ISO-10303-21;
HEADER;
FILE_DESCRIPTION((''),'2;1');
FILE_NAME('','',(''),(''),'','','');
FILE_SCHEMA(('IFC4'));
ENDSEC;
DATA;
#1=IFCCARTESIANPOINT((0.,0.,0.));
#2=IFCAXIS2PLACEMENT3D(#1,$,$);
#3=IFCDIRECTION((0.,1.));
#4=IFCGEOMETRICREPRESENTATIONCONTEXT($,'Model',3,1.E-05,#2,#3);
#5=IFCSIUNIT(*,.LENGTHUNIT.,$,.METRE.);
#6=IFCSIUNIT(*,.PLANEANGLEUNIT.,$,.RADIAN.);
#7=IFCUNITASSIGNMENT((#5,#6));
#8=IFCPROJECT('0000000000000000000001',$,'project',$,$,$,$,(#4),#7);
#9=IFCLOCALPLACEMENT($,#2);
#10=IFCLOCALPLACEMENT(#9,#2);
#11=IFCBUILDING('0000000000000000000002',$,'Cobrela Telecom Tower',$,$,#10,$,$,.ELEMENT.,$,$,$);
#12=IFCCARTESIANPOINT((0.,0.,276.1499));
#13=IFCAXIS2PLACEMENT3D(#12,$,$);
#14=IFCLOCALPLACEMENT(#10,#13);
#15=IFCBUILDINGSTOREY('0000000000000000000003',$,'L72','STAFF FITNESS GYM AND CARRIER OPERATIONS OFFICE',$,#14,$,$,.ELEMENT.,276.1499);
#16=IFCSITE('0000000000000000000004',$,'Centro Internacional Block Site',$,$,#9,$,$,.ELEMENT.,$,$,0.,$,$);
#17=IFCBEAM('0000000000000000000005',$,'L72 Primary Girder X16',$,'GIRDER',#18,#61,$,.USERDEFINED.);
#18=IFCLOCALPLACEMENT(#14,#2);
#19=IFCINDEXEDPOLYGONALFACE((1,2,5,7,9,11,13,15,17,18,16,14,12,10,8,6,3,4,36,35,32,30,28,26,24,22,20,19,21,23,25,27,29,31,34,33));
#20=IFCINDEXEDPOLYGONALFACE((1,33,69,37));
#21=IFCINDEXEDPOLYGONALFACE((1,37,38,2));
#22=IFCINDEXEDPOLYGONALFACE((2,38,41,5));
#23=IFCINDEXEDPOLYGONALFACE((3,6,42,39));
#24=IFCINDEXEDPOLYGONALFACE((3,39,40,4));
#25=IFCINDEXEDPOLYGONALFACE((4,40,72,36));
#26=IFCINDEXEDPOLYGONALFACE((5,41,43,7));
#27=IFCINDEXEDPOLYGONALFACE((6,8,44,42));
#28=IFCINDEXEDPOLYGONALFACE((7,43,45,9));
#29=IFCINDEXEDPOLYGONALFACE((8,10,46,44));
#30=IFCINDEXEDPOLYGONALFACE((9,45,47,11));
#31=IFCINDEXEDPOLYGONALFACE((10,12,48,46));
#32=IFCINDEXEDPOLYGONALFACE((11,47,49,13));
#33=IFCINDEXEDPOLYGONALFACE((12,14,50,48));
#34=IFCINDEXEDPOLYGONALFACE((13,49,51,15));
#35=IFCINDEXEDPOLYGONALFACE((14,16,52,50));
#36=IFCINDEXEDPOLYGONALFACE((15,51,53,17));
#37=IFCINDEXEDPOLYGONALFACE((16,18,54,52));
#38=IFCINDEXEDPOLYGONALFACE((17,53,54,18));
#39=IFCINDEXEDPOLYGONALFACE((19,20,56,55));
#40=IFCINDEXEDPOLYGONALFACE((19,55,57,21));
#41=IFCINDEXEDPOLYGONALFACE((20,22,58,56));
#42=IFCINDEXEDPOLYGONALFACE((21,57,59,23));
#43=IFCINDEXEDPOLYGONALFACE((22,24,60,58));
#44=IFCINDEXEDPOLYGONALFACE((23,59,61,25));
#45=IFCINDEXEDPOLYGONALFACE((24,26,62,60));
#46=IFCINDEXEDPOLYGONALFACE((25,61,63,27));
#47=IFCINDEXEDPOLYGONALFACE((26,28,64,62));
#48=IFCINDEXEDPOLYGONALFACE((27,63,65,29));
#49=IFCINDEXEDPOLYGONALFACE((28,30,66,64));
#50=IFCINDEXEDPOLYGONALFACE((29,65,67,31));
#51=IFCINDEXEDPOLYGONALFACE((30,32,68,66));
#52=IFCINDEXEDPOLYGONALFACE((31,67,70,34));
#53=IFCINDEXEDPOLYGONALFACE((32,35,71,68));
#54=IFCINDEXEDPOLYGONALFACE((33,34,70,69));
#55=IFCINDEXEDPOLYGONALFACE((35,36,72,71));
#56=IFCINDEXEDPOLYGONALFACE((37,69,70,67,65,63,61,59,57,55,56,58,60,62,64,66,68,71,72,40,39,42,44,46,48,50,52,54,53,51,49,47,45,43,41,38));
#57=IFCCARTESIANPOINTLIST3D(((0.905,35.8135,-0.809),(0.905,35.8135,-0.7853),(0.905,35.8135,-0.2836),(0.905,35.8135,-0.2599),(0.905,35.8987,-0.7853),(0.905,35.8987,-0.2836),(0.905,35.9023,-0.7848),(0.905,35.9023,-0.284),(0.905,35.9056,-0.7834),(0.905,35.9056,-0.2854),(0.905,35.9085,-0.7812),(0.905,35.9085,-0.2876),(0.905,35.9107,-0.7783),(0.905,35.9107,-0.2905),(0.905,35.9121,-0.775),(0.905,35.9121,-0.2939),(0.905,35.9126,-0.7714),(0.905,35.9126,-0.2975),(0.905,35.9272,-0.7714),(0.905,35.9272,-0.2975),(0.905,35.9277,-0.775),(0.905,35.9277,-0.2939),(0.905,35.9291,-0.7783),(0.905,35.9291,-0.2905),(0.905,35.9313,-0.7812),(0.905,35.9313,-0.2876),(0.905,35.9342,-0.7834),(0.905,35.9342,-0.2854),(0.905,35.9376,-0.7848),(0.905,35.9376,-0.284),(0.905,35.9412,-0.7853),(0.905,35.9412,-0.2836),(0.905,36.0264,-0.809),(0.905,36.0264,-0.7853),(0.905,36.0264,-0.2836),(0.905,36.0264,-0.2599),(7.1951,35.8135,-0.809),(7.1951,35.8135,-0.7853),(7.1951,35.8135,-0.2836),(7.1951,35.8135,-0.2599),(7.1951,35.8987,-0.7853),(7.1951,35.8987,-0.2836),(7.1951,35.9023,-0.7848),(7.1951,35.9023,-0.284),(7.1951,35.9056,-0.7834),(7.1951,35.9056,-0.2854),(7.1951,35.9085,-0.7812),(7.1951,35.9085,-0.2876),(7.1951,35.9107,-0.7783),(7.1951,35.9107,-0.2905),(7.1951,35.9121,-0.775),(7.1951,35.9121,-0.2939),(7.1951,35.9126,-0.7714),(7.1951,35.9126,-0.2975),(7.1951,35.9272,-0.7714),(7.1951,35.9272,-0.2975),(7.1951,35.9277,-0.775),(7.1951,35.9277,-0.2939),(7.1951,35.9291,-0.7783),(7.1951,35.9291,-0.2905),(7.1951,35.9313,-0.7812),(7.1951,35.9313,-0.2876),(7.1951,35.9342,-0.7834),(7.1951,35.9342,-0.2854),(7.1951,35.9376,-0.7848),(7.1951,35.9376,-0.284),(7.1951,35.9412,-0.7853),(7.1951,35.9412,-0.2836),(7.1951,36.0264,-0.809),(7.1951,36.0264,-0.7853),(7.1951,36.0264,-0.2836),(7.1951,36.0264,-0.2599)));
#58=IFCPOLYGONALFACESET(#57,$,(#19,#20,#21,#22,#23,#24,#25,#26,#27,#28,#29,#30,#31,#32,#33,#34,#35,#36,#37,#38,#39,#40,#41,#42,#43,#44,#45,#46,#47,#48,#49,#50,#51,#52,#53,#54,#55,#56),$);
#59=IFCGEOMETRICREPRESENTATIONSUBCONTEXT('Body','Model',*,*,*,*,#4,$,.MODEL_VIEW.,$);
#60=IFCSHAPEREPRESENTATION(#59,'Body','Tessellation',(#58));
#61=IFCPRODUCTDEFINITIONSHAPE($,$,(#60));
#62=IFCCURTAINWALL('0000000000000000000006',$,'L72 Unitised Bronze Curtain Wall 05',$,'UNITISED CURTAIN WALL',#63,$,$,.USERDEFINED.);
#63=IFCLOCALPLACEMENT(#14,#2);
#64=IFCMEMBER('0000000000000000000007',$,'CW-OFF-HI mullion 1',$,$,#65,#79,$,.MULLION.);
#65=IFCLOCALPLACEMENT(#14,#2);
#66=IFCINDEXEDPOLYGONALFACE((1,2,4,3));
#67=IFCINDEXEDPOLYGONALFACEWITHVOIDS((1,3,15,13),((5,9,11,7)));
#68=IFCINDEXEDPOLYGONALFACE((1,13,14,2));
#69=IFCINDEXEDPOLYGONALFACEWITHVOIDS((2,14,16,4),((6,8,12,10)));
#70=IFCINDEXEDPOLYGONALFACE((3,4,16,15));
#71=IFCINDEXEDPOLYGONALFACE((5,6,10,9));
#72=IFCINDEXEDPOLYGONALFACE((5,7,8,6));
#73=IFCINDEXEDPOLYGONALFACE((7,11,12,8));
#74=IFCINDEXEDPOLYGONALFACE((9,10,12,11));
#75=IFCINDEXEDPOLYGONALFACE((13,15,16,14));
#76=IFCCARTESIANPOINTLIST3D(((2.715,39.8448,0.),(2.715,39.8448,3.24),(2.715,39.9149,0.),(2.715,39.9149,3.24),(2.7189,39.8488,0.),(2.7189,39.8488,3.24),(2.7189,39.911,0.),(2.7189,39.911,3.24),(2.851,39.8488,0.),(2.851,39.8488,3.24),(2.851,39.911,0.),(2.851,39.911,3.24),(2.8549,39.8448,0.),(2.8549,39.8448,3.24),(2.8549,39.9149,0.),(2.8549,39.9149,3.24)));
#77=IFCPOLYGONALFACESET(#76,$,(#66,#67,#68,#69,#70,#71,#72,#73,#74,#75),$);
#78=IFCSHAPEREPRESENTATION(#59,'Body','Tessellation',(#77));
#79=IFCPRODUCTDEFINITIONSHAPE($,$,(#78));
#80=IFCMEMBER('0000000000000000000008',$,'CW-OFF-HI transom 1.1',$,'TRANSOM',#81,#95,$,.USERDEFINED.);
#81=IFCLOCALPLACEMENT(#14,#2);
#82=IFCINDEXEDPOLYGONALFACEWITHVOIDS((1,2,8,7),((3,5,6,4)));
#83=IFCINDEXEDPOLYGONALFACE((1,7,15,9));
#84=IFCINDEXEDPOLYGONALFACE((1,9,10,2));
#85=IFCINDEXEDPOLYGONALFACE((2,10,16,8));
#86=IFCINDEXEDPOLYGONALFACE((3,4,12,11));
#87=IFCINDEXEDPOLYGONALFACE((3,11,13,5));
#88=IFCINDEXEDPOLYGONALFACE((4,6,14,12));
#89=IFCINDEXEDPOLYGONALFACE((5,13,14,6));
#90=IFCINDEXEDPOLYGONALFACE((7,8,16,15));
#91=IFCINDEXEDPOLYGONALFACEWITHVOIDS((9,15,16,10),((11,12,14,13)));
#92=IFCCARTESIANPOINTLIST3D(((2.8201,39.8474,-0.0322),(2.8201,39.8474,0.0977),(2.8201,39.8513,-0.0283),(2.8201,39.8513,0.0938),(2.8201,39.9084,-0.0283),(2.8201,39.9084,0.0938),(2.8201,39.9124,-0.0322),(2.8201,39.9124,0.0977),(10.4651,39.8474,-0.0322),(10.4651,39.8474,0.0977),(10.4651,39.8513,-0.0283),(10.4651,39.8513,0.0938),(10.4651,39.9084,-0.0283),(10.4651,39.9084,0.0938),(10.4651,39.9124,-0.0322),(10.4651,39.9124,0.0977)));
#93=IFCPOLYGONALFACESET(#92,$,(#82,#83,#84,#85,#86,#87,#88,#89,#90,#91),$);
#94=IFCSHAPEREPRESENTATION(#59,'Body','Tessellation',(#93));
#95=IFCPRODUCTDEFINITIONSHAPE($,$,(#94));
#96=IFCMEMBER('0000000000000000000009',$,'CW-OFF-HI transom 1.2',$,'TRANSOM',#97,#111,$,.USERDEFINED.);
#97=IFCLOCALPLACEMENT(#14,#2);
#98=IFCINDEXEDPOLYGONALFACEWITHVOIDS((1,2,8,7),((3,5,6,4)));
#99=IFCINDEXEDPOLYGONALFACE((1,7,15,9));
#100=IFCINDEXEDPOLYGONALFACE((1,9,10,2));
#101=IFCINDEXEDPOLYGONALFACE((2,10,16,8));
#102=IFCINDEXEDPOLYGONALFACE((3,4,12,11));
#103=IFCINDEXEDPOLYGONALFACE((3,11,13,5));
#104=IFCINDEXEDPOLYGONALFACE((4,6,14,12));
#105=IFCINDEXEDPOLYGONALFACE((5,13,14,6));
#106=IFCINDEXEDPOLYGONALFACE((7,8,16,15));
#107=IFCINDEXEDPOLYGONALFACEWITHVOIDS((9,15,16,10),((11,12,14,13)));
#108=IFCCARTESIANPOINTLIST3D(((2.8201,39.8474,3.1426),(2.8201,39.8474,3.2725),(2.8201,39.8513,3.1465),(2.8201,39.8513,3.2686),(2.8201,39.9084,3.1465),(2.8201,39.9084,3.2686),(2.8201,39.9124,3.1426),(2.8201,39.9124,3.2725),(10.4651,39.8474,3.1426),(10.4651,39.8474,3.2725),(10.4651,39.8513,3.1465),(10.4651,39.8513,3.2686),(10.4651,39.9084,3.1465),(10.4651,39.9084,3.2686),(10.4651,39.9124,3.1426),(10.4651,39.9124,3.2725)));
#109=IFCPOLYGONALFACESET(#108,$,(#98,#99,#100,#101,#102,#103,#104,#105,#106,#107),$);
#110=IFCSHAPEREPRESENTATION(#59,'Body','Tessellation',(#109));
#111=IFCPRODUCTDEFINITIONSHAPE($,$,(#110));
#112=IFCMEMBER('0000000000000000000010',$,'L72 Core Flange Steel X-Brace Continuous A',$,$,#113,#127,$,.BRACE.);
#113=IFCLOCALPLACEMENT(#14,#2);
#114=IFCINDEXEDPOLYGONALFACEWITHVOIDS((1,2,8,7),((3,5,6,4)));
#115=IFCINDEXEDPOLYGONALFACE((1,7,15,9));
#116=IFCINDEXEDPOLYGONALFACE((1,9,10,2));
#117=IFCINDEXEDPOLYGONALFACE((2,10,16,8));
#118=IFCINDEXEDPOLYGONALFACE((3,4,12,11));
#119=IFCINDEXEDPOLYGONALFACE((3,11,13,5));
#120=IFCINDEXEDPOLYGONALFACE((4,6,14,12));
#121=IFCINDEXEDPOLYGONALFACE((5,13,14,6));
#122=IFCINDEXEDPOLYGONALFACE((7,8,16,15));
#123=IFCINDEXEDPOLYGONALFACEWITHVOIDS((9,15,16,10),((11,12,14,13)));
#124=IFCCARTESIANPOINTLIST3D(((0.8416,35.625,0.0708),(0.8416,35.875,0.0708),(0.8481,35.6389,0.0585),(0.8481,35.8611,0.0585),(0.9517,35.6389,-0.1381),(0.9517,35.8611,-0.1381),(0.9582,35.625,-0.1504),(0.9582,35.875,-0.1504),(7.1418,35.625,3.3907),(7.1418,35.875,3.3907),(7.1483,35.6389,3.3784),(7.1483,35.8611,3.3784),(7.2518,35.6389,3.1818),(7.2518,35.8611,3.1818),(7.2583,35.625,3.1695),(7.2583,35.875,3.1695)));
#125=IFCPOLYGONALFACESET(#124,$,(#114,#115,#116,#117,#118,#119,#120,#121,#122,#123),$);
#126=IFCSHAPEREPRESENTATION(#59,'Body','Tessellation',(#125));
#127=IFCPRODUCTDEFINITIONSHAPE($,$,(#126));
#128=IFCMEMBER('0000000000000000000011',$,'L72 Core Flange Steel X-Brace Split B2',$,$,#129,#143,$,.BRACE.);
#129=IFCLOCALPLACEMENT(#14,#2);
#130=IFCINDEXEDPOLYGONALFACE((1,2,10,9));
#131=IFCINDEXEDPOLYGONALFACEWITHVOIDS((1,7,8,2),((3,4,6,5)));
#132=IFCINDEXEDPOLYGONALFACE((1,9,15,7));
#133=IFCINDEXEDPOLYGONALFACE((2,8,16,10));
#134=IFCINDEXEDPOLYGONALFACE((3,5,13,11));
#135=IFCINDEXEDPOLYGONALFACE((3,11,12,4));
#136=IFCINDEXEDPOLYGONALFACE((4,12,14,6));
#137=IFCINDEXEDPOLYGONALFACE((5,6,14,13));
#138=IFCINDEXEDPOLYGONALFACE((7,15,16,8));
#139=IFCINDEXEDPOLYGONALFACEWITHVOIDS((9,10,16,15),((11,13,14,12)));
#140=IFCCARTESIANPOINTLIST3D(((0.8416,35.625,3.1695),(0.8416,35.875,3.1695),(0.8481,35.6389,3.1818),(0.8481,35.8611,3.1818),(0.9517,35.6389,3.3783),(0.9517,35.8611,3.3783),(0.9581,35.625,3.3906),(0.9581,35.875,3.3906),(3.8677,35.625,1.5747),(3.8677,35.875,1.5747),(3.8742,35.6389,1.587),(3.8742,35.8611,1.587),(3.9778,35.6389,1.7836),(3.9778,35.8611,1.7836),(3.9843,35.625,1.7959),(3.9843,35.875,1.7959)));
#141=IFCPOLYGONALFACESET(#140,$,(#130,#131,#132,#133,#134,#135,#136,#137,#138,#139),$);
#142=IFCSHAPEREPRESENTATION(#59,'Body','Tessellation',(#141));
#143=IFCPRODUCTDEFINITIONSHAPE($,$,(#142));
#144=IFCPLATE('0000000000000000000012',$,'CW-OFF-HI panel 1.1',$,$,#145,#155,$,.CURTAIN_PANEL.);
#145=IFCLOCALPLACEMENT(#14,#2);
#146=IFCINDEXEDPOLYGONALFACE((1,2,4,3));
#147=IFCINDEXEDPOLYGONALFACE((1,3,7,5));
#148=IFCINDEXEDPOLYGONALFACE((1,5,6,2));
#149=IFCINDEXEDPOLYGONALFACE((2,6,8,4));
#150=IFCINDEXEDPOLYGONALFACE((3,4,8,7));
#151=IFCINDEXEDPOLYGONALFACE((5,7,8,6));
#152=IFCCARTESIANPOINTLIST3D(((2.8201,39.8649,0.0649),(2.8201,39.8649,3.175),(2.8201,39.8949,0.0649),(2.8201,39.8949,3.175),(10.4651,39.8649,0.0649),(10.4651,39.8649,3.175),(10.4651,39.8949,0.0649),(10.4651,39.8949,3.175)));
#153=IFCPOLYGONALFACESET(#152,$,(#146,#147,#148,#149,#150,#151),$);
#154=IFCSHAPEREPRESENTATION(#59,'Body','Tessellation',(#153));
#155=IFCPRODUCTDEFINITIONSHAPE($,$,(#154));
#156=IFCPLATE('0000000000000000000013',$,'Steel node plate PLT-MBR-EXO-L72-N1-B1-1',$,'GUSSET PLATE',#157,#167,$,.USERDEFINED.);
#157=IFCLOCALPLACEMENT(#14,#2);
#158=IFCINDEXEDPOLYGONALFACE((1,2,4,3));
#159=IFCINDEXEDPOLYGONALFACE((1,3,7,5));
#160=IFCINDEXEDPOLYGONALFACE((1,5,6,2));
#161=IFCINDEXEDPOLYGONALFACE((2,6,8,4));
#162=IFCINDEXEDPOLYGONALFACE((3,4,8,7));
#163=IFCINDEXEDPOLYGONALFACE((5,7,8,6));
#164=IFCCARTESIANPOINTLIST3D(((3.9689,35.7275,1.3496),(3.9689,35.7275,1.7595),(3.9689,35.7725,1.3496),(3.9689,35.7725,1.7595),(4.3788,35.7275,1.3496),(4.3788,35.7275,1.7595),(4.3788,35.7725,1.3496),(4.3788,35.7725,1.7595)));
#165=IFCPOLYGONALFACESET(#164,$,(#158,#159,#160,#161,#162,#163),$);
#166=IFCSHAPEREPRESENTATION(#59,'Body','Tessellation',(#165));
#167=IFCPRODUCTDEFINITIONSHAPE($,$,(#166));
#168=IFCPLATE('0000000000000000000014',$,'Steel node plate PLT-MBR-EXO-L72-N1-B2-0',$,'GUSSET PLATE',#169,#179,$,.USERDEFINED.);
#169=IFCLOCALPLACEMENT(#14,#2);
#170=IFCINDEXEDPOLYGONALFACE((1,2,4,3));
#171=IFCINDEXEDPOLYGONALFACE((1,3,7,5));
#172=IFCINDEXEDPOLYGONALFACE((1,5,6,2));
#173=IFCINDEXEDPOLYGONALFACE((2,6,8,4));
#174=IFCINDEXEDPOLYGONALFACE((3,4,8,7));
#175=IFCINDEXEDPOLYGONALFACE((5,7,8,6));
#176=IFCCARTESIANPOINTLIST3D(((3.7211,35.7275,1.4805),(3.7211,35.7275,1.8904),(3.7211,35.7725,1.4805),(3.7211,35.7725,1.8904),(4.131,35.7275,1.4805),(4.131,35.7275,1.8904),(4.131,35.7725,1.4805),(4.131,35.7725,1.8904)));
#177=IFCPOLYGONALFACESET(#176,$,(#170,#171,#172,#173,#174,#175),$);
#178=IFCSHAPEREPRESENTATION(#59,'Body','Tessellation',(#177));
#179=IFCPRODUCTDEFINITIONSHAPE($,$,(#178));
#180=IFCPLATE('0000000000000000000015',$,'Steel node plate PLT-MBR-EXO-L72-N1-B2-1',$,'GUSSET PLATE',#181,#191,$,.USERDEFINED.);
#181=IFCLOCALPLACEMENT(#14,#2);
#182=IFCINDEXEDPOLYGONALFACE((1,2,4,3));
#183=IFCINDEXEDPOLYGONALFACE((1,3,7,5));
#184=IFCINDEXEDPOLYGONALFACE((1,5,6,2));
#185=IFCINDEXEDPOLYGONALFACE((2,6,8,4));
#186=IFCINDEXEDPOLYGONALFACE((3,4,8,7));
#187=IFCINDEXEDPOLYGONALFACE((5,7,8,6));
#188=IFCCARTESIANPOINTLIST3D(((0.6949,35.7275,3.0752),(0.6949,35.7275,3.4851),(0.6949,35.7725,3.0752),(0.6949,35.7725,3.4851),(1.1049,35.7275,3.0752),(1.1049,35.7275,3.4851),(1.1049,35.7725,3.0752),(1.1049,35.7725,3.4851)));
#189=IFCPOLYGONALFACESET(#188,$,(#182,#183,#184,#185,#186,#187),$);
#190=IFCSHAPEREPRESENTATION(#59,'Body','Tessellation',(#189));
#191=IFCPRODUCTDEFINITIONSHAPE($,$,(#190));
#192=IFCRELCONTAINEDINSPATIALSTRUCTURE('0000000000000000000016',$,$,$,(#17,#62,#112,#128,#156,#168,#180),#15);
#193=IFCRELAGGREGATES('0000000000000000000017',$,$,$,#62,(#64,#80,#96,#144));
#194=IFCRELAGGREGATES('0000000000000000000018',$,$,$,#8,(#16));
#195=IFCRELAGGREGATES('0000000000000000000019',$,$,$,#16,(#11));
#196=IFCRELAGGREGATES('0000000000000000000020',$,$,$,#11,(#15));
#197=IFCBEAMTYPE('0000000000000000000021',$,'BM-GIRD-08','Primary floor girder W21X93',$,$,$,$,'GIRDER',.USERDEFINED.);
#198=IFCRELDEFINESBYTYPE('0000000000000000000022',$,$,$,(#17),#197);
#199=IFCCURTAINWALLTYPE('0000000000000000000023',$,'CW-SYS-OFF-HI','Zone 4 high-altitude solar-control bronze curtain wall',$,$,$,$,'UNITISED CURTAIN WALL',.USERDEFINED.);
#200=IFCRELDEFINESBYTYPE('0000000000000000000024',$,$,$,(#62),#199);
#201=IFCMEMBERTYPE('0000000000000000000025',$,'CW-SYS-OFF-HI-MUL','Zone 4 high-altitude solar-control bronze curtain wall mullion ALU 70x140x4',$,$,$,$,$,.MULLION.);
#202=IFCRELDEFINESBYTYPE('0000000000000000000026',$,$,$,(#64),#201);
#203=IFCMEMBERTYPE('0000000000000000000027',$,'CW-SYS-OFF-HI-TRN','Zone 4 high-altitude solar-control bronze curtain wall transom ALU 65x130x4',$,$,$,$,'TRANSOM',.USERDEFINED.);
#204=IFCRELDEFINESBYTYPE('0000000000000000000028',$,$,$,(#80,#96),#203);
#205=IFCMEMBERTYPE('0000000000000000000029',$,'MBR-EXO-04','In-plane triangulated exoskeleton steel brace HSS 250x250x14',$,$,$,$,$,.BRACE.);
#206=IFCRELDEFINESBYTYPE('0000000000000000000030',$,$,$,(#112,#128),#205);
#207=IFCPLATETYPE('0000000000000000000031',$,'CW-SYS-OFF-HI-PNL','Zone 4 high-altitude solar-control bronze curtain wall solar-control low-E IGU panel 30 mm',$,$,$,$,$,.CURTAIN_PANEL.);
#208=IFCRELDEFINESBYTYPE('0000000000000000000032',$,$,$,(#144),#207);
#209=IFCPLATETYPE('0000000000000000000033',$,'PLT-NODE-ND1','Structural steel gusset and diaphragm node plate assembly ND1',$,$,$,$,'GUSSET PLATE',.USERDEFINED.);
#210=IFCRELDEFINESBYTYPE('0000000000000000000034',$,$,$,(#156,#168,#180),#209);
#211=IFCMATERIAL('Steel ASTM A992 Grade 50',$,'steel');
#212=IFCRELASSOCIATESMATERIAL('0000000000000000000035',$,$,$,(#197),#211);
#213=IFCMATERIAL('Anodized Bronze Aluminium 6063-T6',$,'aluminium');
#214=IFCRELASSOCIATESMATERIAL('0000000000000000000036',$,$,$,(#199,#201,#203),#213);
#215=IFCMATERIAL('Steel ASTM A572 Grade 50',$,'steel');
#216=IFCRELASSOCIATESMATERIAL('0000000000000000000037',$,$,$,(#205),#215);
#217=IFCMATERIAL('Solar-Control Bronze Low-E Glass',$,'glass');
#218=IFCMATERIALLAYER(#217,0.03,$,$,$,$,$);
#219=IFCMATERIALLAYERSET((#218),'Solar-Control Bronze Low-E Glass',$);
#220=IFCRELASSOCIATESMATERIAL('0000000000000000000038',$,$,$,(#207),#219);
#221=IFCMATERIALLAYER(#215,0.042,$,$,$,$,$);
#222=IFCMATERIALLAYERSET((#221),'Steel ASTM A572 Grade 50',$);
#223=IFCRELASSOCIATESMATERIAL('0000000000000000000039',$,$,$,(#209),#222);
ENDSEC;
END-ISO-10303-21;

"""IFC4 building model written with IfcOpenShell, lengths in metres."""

from ifc_helpers import new_model, si_unit, direction, frame, origin, origin_2d, place, context, subcontext, project, spatial, rectangle, hollow_rectangle, i_section, extrude, material, layer, layer_set, material_profile, profile_set, type_object, element, aggregate, save


model = new_model("IFC4")

# Units and contexts
model_context = context("Model", 3, precision=1e-05, world=origin(), true_north=direction((0.0, 1.0)))
body_context = subcontext(model_context, "Body", "Model", "MODEL_VIEW")
ifc_project = project(units=[si_unit("LENGTHUNIT", "METRE"), si_unit("PLANEANGLEUNIT", "RADIAN")], contexts=[model_context])

# Site, building, storey
site_placement = place(None, origin())
site = spatial("IfcSite", under=ifc_project, at=site_placement, Name="Centro Internacional Block Site", CompositionType="ELEMENT", RefElevation=0.0)
building_placement = place(site_placement, origin())
building = spatial("IfcBuilding", under=site, at=building_placement, Name="Cobrela Telecom Tower", CompositionType="ELEMENT")
storey_placement = place(building_placement, frame((0.0, 0.0, 276.1499)))
storey = spatial("IfcBuildingStorey", under=building, at=storey_placement, Name="L72", Description="STAFF FITNESS GYM AND CARRIER OPERATIONS OFFICE", CompositionType="ELEMENT", Elevation=276.1499)

# Beam
ifc_material_1 = material(Name="Steel ASTM A992 Grade 50", Category="steel")
ifc_material_profile_1 = material_profile(ifc_material_1, i_section(OverallWidth=0.2129, OverallDepth=0.5491, WebThickness=0.0146, FlangeThickness=0.0237, FilletRadius=0.0139, at=origin_2d()), Name="W21X93")
ifc_profile_set_1 = profile_set([ifc_material_profile_1], Name="Steel ASTM A992 Grade 50")
beam_type = type_object("IfcBeamType", Name="BM-GIRD-08", Description="Primary floor girder W21X93", ElementType="GIRDER", PredefinedType="USERDEFINED", material=ifc_profile_set_1)
beam_placement = place(storey_placement, frame((0.905, 35.9199, -0.5344), z_axis=(1.0, 0.0, 0.0), x_axis=(0.0, 1.0, 0.0)))
element("IfcBeam", 1, at=beam_placement, inside=storey, type_object=beam_type, Name="L72 Primary Girder X16", ObjectType="GIRDER", PredefinedType="USERDEFINED", context=body_context, shape_type="SweptSolid", body=[
    extrude(i_section(OverallWidth=0.2129, OverallDepth=0.5491, WebThickness=0.0146, FlangeThickness=0.0237, FilletRadius=0.0139, at=origin_2d()), origin(), (0.0, 0.0, 1.0), 6.29),
])

# Curtain wall, members
ifc_material_2 = material(Name="Anodized Bronze Aluminium 6063-T6", Category="aluminium")
curtain_wall_type = type_object("IfcCurtainWallType", Name="CW-SYS-OFF-HI", Description="Zone 4 high-altitude solar-control bronze curtain wall", ElementType="UNITISED CURTAIN WALL", PredefinedType="USERDEFINED", material=ifc_material_2)
curtain_wall_placement = place(storey_placement, origin())
curtain_wall = element("IfcCurtainWall", 2, at=curtain_wall_placement, inside=storey, type_object=curtain_wall_type, Name="L72 Unitised Bronze Curtain Wall 05", ObjectType="UNITISED CURTAIN WALL", PredefinedType="USERDEFINED")
ifc_material_profile_2 = material_profile(ifc_material_2, hollow_rectangle(XDim=0.0701, YDim=0.1399, WallThickness=0.0039, at=origin_2d()), Name="ALU 70x140x4")
ifc_profile_set_2 = profile_set([ifc_material_profile_2], Name="Anodized Bronze Aluminium 6063-T6")
member_type_1 = type_object("IfcMemberType", Name="CW-SYS-OFF-HI-MUL", Description="Zone 4 high-altitude solar-control bronze curtain wall mullion ALU 70x140x4", PredefinedType="MULLION", material=ifc_profile_set_2)
member_1_placement = place(storey_placement, frame((2.7849, 39.8799, 0.0), z_axis=(0.0, 0.0, 1.0), x_axis=(0.0, 1.0, 0.0)))
member_1 = element("IfcMember", 3, at=member_1_placement, type_object=member_type_1, Name="CW-OFF-HI mullion 1", PredefinedType="MULLION", context=body_context, shape_type="SweptSolid", body=[
    extrude(hollow_rectangle(XDim=0.0701, YDim=0.1399, WallThickness=0.0039, at=origin_2d()), origin(), (0.0, 0.0, 1.0), 3.24),
])
ifc_material_profile_3 = material_profile(ifc_material_2, hollow_rectangle(XDim=0.0649, YDim=0.1299, WallThickness=0.0039, at=origin_2d()), Name="ALU 65x130x4")
ifc_profile_set_3 = profile_set([ifc_material_profile_3], Name="Anodized Bronze Aluminium 6063-T6")
member_type_2 = type_object("IfcMemberType", Name="CW-SYS-OFF-HI-TRN", Description="Zone 4 high-altitude solar-control bronze curtain wall transom ALU 65x130x4", ElementType="TRANSOM", PredefinedType="USERDEFINED", material=ifc_profile_set_3)
member_2_placement = place(storey_placement, frame((2.8201, 39.8799, 0.0327), z_axis=(1.0, 0.0, 0.0), x_axis=(0.0, 1.0, 0.0)))
member_2 = element("IfcMember", 4, at=member_2_placement, type_object=member_type_2, Name="CW-OFF-HI transom 1.1", ObjectType="TRANSOM", PredefinedType="USERDEFINED", context=body_context, shape_type="SweptSolid", body=[
    extrude(hollow_rectangle(XDim=0.0649, YDim=0.1299, WallThickness=0.0039, at=origin_2d()), origin(), (0.0, 0.0, 1.0), 7.645),
])
member_3_placement = place(storey_placement, frame((2.8201, 39.8799, 3.2075), z_axis=(1.0, 0.0, 0.0), x_axis=(0.0, 1.0, 0.0)))
member_3 = element("IfcMember", 5, at=member_3_placement, type_object=member_type_2, Name="CW-OFF-HI transom 1.2", ObjectType="TRANSOM", PredefinedType="USERDEFINED", context=body_context, shape_type="SweptSolid", body=[
    extrude(hollow_rectangle(XDim=0.0649, YDim=0.1299, WallThickness=0.0039, at=origin_2d()), origin(), (0.0, 0.0, 1.0), 7.645),
])

# Members
ifc_material_3 = material(Name="Steel ASTM A572 Grade 50", Category="steel")
ifc_material_profile_4 = material_profile(ifc_material_3, hollow_rectangle(XDim=0.25, YDim=0.25, WallThickness=0.0139, at=origin_2d()), Name="HSS 250x250x14")
ifc_profile_set_4 = profile_set([ifc_material_profile_4], Name="Steel ASTM A572 Grade 50")
member_type_3 = type_object("IfcMemberType", Name="MBR-EXO-04", Description="In-plane triangulated exoskeleton steel brace HSS 250x250x14", PredefinedType="BRACE", material=ifc_profile_set_4)
member_4_placement = place(storey_placement, frame((0.8999, 35.75, -0.0398), z_axis=(0.884686, 0.0, 0.466187), x_axis=(0.0, 1.0, 0.0)))
element("IfcMember", 6, at=member_4_placement, inside=storey, type_object=member_type_3, Name="L72 Core Flange Steel X-Brace Continuous A", PredefinedType="BRACE", context=body_context, shape_type="SweptSolid", body=[
    extrude(hollow_rectangle(XDim=0.25, YDim=0.25, WallThickness=0.0139, at=origin_2d()), origin(), (0.0, 0.0, 1.0), 7.1213),
])
member_5_placement = place(storey_placement, frame((3.926, 35.75, 1.6853), z_axis=(-0.884673, 0.0, 0.466211), x_axis=(0.0, -1.0, 0.0)))
element("IfcMember", 7, at=member_5_placement, inside=storey, type_object=member_type_3, Name="L72 Core Flange Steel X-Brace Split B2", PredefinedType="BRACE", context=body_context, shape_type="SweptSolid", body=[
    extrude(hollow_rectangle(XDim=0.25, YDim=0.25, WallThickness=0.0139, at=origin_2d()), origin(), (0.0, 0.0, 1.0), 3.4207),
])

# Plate
ifc_material_4 = material(Name="Solar-Control Bronze Low-E Glass", Category="glass")
ifc_layer_1 = layer(ifc_material_4, 0.03)
ifc_layer_set_1 = layer_set([ifc_layer_1], Name="Solar-Control Bronze Low-E Glass")
plate_type_1 = type_object("IfcPlateType", Name="CW-SYS-OFF-HI-PNL", Description="Zone 4 high-altitude solar-control bronze curtain wall solar-control low-E IGU panel 30 mm", PredefinedType="CURTAIN_PANEL", material=ifc_layer_set_1)
plate_1_placement = place(storey_placement, frame((6.6426, 39.8799, 0.0649), z_axis=(0.0, 0.0, 1.0), x_axis=(1.0, 0.0, 0.0)))
plate_1 = element("IfcPlate", 8, at=plate_1_placement, type_object=plate_type_1, Name="CW-OFF-HI panel 1.1", PredefinedType="CURTAIN_PANEL", context=body_context, shape_type="SweptSolid", body=[
    extrude(rectangle(XDim=7.645, YDim=0.03, at=origin_2d()), origin(), (0.0, 0.0, 1.0), 3.1101),
])
aggregate(curtain_wall, [member_1, member_2, member_3, plate_1])

# Plates
ifc_layer_2 = layer(ifc_material_3, 0.042)
ifc_layer_set_2 = layer_set([ifc_layer_2], Name="Steel ASTM A572 Grade 50")
plate_type_2 = type_object("IfcPlateType", Name="PLT-NODE-ND1", Description="Structural steel gusset and diaphragm node plate assembly ND1", ElementType="GUSSET PLATE", PredefinedType="USERDEFINED", material=ifc_layer_set_2)
for number, where, z_axis, x_axis, name in (
    (9, (4.1738, 35.75, 1.3496), (0.0, 0.0, 1.0), (-1.0, 0.0, 0.0), "Steel node plate PLT-MBR-EXO-L72-N1-B1-1"),
    (10, (3.926, 35.75, 1.4805), (0.0, 0.0, 1.0), (-1.0, 0.0, 0.0), "Steel node plate PLT-MBR-EXO-L72-N1-B2-0"),
    (11, (0.8999, 35.75, 3.0752), (0.0, 0.0, 1.0), (-1.0, 0.0, 0.0), "Steel node plate PLT-MBR-EXO-L72-N1-B2-1"),
):
    element("IfcPlate", number, at=place(storey_placement, frame(where, z_axis=z_axis, x_axis=x_axis)), inside=storey, type_object=plate_type_2, Name=name, ObjectType="GUSSET PLATE", PredefinedType="USERDEFINED", context=body_context, shape_type="SweptSolid", body=[
        extrude(rectangle(XDim=0.4099, YDim=0.0449, at=origin_2d()), origin(), (0.0, 0.0, 1.0), 0.4099),
    ])

save(model, "model.ifc")
